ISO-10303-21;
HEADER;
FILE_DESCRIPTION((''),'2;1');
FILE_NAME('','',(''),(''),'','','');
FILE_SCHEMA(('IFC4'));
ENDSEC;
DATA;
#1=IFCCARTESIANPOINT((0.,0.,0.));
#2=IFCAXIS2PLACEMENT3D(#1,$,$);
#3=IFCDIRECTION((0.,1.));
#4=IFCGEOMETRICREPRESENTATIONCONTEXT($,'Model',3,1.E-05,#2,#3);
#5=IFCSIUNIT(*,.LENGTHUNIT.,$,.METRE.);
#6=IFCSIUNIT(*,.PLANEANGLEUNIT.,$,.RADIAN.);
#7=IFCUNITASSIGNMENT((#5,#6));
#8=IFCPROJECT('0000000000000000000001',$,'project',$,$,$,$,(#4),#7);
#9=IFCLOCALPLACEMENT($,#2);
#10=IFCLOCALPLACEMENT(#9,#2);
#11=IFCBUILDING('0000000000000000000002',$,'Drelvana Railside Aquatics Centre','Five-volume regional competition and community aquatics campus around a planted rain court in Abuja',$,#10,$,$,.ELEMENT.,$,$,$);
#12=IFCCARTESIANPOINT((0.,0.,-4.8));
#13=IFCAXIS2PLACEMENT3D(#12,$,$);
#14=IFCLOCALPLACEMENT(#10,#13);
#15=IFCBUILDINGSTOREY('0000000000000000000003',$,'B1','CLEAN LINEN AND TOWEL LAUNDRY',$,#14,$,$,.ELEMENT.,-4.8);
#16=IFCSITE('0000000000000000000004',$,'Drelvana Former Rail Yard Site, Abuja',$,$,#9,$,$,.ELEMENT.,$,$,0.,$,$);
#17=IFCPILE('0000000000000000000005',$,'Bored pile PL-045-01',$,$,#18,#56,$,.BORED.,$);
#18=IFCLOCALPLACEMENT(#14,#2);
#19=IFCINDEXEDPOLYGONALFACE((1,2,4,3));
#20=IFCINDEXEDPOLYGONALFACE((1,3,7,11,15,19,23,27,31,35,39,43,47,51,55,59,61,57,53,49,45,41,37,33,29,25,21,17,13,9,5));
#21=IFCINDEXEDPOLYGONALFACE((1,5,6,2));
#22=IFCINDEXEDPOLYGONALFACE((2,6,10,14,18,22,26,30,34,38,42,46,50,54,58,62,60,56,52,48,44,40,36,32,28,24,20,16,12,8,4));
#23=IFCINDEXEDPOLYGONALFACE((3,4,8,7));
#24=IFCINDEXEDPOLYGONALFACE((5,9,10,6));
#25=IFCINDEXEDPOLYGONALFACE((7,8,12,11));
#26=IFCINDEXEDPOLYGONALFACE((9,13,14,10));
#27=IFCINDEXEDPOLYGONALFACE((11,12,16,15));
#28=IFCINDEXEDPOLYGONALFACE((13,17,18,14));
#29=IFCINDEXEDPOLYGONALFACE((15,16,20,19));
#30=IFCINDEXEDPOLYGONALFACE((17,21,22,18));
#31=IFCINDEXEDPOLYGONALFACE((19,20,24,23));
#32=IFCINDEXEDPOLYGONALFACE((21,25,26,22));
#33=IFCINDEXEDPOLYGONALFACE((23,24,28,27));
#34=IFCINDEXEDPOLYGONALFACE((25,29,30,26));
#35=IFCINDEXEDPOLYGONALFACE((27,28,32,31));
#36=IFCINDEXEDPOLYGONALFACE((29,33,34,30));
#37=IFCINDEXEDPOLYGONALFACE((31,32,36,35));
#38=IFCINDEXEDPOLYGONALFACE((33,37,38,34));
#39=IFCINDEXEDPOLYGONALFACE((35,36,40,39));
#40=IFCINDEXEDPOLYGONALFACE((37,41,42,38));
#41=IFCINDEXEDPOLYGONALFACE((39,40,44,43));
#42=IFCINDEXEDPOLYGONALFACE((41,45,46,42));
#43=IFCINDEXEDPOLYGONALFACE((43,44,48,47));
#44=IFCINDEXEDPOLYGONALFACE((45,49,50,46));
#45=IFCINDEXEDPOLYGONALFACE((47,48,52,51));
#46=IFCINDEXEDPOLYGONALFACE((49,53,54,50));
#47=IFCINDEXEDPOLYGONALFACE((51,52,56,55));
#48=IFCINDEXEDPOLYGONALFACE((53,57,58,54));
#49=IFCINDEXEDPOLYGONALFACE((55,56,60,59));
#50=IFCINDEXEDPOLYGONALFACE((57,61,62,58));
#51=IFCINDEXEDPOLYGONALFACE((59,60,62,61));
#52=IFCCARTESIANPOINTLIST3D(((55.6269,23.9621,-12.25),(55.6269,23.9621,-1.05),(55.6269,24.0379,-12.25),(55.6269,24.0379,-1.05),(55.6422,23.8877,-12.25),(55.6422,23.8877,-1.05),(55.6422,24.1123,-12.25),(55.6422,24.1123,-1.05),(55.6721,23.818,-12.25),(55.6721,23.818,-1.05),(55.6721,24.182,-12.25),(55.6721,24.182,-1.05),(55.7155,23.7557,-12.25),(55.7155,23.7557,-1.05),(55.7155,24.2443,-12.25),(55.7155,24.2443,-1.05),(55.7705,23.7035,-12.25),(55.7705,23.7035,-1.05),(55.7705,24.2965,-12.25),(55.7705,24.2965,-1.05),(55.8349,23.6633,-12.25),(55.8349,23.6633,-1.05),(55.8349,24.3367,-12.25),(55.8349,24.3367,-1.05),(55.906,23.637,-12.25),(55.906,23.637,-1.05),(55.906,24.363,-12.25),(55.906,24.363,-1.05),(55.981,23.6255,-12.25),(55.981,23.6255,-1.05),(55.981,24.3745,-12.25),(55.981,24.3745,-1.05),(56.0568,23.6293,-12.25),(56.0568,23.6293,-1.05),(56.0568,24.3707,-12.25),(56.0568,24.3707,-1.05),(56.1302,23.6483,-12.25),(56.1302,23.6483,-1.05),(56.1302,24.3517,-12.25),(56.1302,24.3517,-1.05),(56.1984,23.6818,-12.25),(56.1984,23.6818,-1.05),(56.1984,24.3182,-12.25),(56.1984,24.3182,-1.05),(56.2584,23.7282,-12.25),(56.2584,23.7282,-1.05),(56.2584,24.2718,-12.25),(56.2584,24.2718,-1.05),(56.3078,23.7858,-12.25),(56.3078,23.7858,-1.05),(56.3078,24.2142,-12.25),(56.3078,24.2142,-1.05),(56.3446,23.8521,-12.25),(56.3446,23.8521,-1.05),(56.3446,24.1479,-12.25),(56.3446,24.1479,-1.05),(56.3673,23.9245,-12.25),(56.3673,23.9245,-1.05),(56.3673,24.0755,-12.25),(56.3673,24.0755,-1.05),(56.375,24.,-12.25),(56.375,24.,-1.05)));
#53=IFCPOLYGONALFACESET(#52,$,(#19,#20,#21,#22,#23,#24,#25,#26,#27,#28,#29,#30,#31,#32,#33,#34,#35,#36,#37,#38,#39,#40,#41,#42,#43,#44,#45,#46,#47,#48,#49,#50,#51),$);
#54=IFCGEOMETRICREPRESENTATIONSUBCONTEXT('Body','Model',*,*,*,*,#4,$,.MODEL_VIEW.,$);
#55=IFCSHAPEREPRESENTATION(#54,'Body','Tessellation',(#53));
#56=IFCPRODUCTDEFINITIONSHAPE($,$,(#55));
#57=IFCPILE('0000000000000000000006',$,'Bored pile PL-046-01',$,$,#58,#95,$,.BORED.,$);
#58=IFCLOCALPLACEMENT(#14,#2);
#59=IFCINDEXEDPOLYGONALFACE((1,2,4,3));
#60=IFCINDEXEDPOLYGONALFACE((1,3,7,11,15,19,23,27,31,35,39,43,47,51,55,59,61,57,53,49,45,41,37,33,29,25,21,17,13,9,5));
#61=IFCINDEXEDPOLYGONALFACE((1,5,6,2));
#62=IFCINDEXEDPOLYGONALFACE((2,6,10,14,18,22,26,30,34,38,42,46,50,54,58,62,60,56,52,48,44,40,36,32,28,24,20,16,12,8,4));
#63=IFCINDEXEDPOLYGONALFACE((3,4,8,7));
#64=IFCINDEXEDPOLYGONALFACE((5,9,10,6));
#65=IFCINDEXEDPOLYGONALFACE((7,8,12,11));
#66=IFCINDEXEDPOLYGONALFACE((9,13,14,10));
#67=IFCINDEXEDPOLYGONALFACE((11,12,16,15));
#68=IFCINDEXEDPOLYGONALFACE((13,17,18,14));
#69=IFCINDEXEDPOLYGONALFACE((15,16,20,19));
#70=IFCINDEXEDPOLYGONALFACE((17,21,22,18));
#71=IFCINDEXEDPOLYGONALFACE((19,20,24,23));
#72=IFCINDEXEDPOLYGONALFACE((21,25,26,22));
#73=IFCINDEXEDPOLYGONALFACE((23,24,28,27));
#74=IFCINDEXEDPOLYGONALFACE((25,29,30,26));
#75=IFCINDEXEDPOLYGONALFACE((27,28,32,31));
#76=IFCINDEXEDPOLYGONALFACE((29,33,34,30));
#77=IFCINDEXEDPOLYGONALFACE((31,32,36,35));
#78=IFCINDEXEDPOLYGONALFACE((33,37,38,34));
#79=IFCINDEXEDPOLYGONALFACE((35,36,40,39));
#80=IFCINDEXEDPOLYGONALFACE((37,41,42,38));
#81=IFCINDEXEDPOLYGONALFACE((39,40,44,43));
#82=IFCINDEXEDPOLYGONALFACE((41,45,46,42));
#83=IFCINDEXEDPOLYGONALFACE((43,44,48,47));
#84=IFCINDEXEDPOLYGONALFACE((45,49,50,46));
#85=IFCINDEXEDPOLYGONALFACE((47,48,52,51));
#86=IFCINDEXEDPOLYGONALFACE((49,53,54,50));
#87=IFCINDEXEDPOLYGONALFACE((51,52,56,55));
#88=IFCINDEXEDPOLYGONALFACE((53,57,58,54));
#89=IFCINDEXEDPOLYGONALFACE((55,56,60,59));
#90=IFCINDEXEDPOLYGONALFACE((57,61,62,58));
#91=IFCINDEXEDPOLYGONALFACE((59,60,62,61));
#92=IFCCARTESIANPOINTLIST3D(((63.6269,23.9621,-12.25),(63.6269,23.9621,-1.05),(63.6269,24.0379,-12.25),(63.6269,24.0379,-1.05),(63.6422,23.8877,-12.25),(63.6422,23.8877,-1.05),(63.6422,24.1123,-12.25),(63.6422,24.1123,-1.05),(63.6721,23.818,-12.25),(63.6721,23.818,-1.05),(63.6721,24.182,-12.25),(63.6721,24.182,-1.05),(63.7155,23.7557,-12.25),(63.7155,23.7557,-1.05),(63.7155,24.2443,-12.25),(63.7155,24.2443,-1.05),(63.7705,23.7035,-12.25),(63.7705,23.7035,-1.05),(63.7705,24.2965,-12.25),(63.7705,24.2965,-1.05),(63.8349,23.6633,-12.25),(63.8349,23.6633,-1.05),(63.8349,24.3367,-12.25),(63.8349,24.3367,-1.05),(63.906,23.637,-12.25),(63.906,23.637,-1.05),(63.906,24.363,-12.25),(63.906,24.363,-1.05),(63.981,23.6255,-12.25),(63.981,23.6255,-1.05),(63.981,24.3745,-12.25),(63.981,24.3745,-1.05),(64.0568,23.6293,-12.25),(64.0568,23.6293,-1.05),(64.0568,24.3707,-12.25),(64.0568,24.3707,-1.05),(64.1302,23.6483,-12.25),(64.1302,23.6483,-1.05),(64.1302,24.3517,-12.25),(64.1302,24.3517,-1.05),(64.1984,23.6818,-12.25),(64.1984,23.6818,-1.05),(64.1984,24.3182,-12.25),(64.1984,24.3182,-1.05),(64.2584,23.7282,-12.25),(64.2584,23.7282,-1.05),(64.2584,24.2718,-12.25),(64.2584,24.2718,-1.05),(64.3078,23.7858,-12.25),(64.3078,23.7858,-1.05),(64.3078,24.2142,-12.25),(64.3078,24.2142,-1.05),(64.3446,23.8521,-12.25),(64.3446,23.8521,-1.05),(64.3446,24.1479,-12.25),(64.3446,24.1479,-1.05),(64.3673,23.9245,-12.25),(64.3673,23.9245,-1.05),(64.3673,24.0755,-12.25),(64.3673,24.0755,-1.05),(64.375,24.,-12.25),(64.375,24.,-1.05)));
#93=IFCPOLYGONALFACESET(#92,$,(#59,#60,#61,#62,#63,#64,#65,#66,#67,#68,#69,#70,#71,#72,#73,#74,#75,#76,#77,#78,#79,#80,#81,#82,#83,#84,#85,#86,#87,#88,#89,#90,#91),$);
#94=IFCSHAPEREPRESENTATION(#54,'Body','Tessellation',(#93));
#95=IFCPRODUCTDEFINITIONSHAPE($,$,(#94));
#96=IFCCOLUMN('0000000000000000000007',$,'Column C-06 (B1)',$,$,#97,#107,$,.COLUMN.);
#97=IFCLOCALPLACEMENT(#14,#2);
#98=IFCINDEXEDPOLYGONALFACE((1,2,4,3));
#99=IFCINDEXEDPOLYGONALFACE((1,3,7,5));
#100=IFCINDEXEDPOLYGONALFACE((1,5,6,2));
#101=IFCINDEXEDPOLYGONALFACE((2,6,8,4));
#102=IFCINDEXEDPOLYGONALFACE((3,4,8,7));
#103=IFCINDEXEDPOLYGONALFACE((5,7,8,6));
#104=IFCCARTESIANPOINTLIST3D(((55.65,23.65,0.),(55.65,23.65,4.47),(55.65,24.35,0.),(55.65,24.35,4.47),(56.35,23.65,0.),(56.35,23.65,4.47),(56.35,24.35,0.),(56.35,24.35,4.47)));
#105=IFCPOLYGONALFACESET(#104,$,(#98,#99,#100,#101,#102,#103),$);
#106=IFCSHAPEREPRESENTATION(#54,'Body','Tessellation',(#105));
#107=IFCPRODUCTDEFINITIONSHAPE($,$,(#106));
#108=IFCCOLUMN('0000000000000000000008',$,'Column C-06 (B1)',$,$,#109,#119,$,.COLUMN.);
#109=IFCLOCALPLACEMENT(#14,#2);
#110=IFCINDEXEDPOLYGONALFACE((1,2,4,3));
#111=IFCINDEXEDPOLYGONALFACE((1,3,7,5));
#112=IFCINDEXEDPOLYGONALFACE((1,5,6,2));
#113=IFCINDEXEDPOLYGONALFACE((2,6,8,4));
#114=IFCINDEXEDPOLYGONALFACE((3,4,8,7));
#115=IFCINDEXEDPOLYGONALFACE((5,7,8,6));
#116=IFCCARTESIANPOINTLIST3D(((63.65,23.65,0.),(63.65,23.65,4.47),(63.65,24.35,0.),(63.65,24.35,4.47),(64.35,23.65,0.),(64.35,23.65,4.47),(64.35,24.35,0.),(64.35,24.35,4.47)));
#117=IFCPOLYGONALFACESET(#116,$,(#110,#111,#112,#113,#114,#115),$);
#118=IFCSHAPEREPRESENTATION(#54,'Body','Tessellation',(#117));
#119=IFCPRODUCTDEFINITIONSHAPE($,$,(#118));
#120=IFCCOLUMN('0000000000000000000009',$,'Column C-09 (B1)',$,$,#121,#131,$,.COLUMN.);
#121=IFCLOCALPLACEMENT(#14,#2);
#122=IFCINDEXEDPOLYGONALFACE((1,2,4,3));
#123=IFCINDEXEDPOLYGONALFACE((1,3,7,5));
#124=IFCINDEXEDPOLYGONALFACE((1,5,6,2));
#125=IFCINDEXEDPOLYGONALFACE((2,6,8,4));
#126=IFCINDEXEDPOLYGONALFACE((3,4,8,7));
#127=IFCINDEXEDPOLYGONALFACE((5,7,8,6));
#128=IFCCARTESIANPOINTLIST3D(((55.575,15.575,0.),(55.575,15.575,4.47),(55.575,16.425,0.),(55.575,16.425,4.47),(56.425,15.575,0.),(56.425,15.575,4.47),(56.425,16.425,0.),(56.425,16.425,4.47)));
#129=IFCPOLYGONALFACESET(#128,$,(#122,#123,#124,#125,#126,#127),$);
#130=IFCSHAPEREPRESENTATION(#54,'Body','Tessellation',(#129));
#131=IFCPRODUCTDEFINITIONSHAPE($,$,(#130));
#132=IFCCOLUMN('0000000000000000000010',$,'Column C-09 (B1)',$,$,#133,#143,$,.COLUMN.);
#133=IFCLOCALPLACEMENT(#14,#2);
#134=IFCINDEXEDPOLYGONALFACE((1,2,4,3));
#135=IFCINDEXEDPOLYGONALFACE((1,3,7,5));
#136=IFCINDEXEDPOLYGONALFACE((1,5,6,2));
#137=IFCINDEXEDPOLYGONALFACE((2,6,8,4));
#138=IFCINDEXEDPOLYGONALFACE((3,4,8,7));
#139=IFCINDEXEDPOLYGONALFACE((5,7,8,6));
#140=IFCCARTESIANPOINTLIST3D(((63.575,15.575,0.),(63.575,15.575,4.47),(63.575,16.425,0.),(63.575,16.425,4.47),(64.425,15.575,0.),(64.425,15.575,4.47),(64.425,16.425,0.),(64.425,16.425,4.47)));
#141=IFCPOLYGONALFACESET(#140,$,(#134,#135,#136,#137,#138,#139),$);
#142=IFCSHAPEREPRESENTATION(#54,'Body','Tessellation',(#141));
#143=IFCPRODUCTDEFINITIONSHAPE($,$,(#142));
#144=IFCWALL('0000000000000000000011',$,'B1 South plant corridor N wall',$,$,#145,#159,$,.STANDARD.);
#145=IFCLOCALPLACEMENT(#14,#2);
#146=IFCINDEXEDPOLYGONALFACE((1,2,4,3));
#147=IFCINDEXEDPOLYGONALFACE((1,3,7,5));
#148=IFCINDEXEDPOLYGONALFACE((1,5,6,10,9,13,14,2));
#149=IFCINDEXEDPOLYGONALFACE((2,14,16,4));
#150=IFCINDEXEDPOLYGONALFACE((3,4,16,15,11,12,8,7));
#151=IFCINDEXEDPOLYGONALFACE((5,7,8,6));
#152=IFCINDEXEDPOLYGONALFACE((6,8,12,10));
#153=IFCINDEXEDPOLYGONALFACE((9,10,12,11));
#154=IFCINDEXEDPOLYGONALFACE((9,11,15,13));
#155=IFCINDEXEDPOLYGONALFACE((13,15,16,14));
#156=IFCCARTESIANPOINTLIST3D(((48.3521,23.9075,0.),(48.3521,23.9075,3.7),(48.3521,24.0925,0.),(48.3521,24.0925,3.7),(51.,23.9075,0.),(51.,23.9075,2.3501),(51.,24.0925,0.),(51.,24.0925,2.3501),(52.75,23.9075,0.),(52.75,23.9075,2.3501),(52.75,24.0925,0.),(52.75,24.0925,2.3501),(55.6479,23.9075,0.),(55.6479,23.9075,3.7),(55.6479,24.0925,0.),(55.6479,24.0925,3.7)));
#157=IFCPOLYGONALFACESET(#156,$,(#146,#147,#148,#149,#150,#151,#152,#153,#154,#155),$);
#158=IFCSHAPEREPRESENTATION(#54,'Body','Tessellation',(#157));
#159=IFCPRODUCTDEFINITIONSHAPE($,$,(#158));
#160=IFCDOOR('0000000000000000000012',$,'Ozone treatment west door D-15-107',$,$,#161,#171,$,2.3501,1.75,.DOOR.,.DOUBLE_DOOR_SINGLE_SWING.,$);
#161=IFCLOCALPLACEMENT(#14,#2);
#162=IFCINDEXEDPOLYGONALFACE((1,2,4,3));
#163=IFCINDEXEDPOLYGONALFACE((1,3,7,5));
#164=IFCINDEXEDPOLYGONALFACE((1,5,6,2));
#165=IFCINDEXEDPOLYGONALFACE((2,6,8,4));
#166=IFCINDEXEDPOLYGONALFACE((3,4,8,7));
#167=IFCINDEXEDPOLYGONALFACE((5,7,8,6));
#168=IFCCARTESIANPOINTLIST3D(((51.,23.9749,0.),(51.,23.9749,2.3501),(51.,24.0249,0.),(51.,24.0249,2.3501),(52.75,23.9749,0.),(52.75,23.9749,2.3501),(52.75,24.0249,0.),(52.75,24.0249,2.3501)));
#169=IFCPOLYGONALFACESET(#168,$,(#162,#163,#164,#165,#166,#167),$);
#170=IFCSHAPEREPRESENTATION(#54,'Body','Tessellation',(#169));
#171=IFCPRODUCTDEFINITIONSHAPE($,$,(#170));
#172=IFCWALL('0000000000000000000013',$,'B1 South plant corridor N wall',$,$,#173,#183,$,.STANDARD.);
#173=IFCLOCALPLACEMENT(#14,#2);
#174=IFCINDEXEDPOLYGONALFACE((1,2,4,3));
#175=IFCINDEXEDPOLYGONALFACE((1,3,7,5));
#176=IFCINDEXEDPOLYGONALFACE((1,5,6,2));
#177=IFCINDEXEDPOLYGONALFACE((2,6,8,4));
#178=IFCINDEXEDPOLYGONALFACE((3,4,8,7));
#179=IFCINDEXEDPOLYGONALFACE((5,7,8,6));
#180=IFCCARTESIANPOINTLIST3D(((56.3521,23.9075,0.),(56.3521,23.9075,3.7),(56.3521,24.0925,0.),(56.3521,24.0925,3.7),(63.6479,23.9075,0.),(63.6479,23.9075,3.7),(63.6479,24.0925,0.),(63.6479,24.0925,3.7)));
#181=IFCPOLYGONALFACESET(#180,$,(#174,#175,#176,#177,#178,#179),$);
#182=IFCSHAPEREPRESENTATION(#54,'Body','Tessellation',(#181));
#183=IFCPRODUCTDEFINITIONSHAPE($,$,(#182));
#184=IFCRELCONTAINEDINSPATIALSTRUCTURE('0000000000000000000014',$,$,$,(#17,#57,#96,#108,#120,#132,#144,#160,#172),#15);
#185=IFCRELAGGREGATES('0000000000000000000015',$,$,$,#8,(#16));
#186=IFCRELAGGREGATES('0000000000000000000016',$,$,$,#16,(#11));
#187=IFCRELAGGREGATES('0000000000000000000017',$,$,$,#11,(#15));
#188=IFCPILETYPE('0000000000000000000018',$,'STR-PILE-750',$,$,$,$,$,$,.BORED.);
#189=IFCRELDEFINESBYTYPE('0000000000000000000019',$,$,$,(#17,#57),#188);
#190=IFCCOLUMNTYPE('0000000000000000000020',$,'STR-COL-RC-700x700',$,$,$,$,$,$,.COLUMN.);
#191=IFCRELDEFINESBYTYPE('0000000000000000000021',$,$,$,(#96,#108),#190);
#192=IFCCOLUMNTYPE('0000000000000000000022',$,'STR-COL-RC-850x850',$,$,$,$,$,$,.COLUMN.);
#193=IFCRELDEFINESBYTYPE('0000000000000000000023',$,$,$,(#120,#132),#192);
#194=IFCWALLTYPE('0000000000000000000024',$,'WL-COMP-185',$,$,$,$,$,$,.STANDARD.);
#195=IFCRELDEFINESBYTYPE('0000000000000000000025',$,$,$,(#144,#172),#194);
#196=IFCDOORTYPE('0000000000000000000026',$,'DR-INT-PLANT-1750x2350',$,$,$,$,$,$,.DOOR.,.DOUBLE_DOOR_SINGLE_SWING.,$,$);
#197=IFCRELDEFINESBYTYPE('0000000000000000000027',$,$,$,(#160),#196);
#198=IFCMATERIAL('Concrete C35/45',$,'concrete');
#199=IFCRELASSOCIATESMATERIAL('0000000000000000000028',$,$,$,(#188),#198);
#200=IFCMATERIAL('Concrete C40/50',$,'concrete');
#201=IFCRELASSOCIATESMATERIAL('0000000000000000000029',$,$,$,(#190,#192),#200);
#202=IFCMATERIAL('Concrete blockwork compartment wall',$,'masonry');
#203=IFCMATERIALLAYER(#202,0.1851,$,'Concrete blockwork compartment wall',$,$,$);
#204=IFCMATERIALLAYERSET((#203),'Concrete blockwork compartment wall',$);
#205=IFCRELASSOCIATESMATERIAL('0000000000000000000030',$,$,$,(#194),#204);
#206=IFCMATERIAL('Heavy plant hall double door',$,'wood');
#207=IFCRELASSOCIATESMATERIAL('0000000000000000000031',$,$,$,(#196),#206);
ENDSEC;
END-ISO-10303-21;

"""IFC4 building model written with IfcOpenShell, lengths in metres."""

from ifc_helpers import new_model, si_unit, direction, frame, frame_2d, origin, origin_2d, place, context, subcontext, project, spatial, rectangle, circle, extrude, material, layer, layer_set, material_profile, profile_set, type_object, element, fill, save


model = new_model("IFC4")

# Units and contexts
model_context = context("Model", 3, precision=1e-05, world=origin(), true_north=direction((0.0, 1.0)))
body_context = subcontext(model_context, "Body", "Model", "MODEL_VIEW")
ifc_project = project(units=[si_unit("LENGTHUNIT", "METRE"), si_unit("PLANEANGLEUNIT", "RADIAN")], contexts=[model_context])

# Site, building, storey
site_placement = place(None, origin())
site = spatial("IfcSite", under=ifc_project, at=site_placement, Name="Drelvana Former Rail Yard Site, Abuja", CompositionType="ELEMENT", RefElevation=0.0)
building_placement = place(site_placement, origin())
building = spatial("IfcBuilding", under=site, at=building_placement, Name="Drelvana Railside Aquatics Centre", Description="Five-volume regional competition and community aquatics campus around a planted rain court in Abuja", CompositionType="ELEMENT")
storey_placement = place(building_placement, frame((0.0, 0.0, -4.8)))
storey = spatial("IfcBuildingStorey", under=building, at=storey_placement, Name="B1", Description="CLEAN LINEN AND TOWEL LAUNDRY", CompositionType="ELEMENT", Elevation=-4.8)

# Shared definitions
ifc_material_1 = material(Name="Concrete C35/45", Category="concrete")

# Piles
ifc_material_profile_1 = material_profile(ifc_material_1, circle(Radius=0.375, at=origin_2d()), Name="PILE D750")
ifc_profile_set_1 = profile_set([ifc_material_profile_1], Name="Concrete C35/45")
pile_type = type_object("IfcPileType", Name="STR-PILE-750", PredefinedType="BORED", material=ifc_profile_set_1)
for number, where, z_axis, x_axis, name in (
    (1, (56.0, 24.0, -1.05), (0.0, 0.0, -1.0), (1.0, 0.0, 0.0), "Bored pile PL-045-01"),
    (2, (64.0, 24.0, -1.05), (0.0, 0.0, -1.0), (1.0, 0.0, 0.0), "Bored pile PL-046-01"),
):
    element("IfcPile", number, at=place(storey_placement, frame(where, z_axis=z_axis, x_axis=x_axis)), inside=storey, type_object=pile_type, Name=name, PredefinedType="BORED", context=body_context, shape_type="SweptSolid", body=[
        extrude(circle(Radius=0.375, at=origin_2d()), origin(), (0.0, 0.0, 1.0), 11.2),
    ])

# Columns
ifc_material_2 = material(Name="Concrete C40/50", Category="concrete")
ifc_material_profile_2 = material_profile(ifc_material_2, rectangle(XDim=0.7, YDim=0.7, at=origin_2d()), Name="RC 700x700")
ifc_profile_set_2 = profile_set([ifc_material_profile_2], Name="Concrete C40/50")
column_type_1 = type_object("IfcColumnType", Name="STR-COL-RC-700x700", PredefinedType="COLUMN", material=ifc_profile_set_2)
for number, where, z_axis, x_axis, name in (
    (3, (56.0, 24.0, 0.0), (0.0, 0.0, 1.0), (1.0, 0.0, 0.0), "Column C-06 (B1)"),
    (4, (64.0, 24.0, 0.0), (0.0, 0.0, 1.0), (1.0, 0.0, 0.0), "Column C-06 (B1)"),
):
    element("IfcColumn", number, at=place(storey_placement, frame(where, z_axis=z_axis, x_axis=x_axis)), inside=storey, type_object=column_type_1, Name=name, PredefinedType="COLUMN", context=body_context, shape_type="SweptSolid", body=[
        extrude(rectangle(XDim=0.7, YDim=0.7, at=origin_2d()), origin(), (0.0, 0.0, 1.0), 4.47),
    ])
ifc_material_profile_3 = material_profile(ifc_material_2, rectangle(XDim=0.8501, YDim=0.8501, at=origin_2d()), Name="RC 850x850")
ifc_profile_set_3 = profile_set([ifc_material_profile_3], Name="Concrete C40/50")
column_type_2 = type_object("IfcColumnType", Name="STR-COL-RC-850x850", PredefinedType="COLUMN", material=ifc_profile_set_3)
for number, where, z_axis, x_axis, name in (
    (5, (56.0, 16.0, 0.0), (0.0, 0.0, 1.0), (1.0, 0.0, 0.0), "Column C-09 (B1)"),
    (6, (64.0, 16.0, 0.0), (0.0, 0.0, 1.0), (1.0, 0.0, 0.0), "Column C-09 (B1)"),
):
    element("IfcColumn", number, at=place(storey_placement, frame(where, z_axis=z_axis, x_axis=x_axis)), inside=storey, type_object=column_type_2, Name=name, PredefinedType="COLUMN", context=body_context, shape_type="SweptSolid", body=[
        extrude(rectangle(XDim=0.8501, YDim=0.8501, at=origin_2d()), origin(), (0.0, 0.0, 1.0), 4.47),
    ])

# Wall, opening, door
ifc_material_3 = material(Name="Concrete blockwork compartment wall", Category="masonry")
ifc_layer = layer(ifc_material_3, 0.1851, Name="Concrete blockwork compartment wall")
ifc_layer_set = layer_set([ifc_layer], Name="Concrete blockwork compartment wall")
wall_type = type_object("IfcWallType", Name="WL-COMP-185", PredefinedType="STANDARD", material=ifc_layer_set)
wall_1_placement = place(storey_placement, frame((48.3521, 24.0, 0.0), z_axis=(0.0, 0.0, 1.0), x_axis=(1.0, 0.0, 0.0)))
wall_1 = element("IfcWall", 7, at=wall_1_placement, inside=storey, type_object=wall_type, Name="B1 South plant corridor N wall", PredefinedType="STANDARD", context=body_context, shape_type="SweptSolid", body=[
    extrude(rectangle(XDim=7.2959, YDim=0.1851, at=frame_2d((3.6479, 0.0))), origin(), (0.0, 0.0, 1.0), 3.7),
])
opening_1_placement = place(wall_1_placement, frame((2.6479, 0.0, 0.0)))
opening_1 = element("IfcOpeningElement", 8, at=opening_1_placement, cuts=wall_1, PredefinedType="OPENING", context=body_context, shape_type="SweptSolid", body=[
    extrude(rectangle(XDim=1.75, YDim=2.3501, at=frame_2d((0.875, 1.175))), frame((0.0, 0.1025, 0.0), z_axis=(0.0, -1.0, 0.0), x_axis=(1.0, 0.0, 0.0)), (0.0, 0.0, 1.0), 0.2051),
])
ifc_material_4 = material(Name="Heavy plant hall double door", Category="wood")
door_type = type_object("IfcDoorType", Name="DR-INT-PLANT-1750x2350", OperationType="DOUBLE_DOOR_SINGLE_SWING", PredefinedType="DOOR", material=ifc_material_4)
door_1_placement = place(opening_1_placement, origin())
door_1 = element("IfcDoor", 9, at=door_1_placement, inside=storey, type_object=door_type, Name="Ozone treatment west door D-15-107", OperationType="DOUBLE_DOOR_SINGLE_SWING", OverallHeight=2.3501, OverallWidth=1.75, PredefinedType="DOOR", context=body_context, shape_type="SweptSolid", body=[
    extrude(rectangle(XDim=1.75, YDim=2.3501, at=frame_2d((0.875, 1.175))), frame((0.0, 0.0249, 0.0), z_axis=(0.0, -1.0, 0.0), x_axis=(1.0, 0.0, 0.0)), (0.0, 0.0, 1.0), 0.05),
])
fill(opening_1, door_1)

# Wall
wall_2_placement = place(storey_placement, frame((56.3521, 24.0, 0.0), z_axis=(0.0, 0.0, 1.0), x_axis=(1.0, 0.0, 0.0)))
element("IfcWall", 10, at=wall_2_placement, inside=storey, type_object=wall_type, Name="B1 South plant corridor N wall", PredefinedType="STANDARD", context=body_context, shape_type="SweptSolid", body=[
    extrude(rectangle(XDim=7.2959, YDim=0.1851, at=frame_2d((3.6479, 0.0))), origin(), (0.0, 0.0, 1.0), 3.7),
])

save(model, "model.ifc")
